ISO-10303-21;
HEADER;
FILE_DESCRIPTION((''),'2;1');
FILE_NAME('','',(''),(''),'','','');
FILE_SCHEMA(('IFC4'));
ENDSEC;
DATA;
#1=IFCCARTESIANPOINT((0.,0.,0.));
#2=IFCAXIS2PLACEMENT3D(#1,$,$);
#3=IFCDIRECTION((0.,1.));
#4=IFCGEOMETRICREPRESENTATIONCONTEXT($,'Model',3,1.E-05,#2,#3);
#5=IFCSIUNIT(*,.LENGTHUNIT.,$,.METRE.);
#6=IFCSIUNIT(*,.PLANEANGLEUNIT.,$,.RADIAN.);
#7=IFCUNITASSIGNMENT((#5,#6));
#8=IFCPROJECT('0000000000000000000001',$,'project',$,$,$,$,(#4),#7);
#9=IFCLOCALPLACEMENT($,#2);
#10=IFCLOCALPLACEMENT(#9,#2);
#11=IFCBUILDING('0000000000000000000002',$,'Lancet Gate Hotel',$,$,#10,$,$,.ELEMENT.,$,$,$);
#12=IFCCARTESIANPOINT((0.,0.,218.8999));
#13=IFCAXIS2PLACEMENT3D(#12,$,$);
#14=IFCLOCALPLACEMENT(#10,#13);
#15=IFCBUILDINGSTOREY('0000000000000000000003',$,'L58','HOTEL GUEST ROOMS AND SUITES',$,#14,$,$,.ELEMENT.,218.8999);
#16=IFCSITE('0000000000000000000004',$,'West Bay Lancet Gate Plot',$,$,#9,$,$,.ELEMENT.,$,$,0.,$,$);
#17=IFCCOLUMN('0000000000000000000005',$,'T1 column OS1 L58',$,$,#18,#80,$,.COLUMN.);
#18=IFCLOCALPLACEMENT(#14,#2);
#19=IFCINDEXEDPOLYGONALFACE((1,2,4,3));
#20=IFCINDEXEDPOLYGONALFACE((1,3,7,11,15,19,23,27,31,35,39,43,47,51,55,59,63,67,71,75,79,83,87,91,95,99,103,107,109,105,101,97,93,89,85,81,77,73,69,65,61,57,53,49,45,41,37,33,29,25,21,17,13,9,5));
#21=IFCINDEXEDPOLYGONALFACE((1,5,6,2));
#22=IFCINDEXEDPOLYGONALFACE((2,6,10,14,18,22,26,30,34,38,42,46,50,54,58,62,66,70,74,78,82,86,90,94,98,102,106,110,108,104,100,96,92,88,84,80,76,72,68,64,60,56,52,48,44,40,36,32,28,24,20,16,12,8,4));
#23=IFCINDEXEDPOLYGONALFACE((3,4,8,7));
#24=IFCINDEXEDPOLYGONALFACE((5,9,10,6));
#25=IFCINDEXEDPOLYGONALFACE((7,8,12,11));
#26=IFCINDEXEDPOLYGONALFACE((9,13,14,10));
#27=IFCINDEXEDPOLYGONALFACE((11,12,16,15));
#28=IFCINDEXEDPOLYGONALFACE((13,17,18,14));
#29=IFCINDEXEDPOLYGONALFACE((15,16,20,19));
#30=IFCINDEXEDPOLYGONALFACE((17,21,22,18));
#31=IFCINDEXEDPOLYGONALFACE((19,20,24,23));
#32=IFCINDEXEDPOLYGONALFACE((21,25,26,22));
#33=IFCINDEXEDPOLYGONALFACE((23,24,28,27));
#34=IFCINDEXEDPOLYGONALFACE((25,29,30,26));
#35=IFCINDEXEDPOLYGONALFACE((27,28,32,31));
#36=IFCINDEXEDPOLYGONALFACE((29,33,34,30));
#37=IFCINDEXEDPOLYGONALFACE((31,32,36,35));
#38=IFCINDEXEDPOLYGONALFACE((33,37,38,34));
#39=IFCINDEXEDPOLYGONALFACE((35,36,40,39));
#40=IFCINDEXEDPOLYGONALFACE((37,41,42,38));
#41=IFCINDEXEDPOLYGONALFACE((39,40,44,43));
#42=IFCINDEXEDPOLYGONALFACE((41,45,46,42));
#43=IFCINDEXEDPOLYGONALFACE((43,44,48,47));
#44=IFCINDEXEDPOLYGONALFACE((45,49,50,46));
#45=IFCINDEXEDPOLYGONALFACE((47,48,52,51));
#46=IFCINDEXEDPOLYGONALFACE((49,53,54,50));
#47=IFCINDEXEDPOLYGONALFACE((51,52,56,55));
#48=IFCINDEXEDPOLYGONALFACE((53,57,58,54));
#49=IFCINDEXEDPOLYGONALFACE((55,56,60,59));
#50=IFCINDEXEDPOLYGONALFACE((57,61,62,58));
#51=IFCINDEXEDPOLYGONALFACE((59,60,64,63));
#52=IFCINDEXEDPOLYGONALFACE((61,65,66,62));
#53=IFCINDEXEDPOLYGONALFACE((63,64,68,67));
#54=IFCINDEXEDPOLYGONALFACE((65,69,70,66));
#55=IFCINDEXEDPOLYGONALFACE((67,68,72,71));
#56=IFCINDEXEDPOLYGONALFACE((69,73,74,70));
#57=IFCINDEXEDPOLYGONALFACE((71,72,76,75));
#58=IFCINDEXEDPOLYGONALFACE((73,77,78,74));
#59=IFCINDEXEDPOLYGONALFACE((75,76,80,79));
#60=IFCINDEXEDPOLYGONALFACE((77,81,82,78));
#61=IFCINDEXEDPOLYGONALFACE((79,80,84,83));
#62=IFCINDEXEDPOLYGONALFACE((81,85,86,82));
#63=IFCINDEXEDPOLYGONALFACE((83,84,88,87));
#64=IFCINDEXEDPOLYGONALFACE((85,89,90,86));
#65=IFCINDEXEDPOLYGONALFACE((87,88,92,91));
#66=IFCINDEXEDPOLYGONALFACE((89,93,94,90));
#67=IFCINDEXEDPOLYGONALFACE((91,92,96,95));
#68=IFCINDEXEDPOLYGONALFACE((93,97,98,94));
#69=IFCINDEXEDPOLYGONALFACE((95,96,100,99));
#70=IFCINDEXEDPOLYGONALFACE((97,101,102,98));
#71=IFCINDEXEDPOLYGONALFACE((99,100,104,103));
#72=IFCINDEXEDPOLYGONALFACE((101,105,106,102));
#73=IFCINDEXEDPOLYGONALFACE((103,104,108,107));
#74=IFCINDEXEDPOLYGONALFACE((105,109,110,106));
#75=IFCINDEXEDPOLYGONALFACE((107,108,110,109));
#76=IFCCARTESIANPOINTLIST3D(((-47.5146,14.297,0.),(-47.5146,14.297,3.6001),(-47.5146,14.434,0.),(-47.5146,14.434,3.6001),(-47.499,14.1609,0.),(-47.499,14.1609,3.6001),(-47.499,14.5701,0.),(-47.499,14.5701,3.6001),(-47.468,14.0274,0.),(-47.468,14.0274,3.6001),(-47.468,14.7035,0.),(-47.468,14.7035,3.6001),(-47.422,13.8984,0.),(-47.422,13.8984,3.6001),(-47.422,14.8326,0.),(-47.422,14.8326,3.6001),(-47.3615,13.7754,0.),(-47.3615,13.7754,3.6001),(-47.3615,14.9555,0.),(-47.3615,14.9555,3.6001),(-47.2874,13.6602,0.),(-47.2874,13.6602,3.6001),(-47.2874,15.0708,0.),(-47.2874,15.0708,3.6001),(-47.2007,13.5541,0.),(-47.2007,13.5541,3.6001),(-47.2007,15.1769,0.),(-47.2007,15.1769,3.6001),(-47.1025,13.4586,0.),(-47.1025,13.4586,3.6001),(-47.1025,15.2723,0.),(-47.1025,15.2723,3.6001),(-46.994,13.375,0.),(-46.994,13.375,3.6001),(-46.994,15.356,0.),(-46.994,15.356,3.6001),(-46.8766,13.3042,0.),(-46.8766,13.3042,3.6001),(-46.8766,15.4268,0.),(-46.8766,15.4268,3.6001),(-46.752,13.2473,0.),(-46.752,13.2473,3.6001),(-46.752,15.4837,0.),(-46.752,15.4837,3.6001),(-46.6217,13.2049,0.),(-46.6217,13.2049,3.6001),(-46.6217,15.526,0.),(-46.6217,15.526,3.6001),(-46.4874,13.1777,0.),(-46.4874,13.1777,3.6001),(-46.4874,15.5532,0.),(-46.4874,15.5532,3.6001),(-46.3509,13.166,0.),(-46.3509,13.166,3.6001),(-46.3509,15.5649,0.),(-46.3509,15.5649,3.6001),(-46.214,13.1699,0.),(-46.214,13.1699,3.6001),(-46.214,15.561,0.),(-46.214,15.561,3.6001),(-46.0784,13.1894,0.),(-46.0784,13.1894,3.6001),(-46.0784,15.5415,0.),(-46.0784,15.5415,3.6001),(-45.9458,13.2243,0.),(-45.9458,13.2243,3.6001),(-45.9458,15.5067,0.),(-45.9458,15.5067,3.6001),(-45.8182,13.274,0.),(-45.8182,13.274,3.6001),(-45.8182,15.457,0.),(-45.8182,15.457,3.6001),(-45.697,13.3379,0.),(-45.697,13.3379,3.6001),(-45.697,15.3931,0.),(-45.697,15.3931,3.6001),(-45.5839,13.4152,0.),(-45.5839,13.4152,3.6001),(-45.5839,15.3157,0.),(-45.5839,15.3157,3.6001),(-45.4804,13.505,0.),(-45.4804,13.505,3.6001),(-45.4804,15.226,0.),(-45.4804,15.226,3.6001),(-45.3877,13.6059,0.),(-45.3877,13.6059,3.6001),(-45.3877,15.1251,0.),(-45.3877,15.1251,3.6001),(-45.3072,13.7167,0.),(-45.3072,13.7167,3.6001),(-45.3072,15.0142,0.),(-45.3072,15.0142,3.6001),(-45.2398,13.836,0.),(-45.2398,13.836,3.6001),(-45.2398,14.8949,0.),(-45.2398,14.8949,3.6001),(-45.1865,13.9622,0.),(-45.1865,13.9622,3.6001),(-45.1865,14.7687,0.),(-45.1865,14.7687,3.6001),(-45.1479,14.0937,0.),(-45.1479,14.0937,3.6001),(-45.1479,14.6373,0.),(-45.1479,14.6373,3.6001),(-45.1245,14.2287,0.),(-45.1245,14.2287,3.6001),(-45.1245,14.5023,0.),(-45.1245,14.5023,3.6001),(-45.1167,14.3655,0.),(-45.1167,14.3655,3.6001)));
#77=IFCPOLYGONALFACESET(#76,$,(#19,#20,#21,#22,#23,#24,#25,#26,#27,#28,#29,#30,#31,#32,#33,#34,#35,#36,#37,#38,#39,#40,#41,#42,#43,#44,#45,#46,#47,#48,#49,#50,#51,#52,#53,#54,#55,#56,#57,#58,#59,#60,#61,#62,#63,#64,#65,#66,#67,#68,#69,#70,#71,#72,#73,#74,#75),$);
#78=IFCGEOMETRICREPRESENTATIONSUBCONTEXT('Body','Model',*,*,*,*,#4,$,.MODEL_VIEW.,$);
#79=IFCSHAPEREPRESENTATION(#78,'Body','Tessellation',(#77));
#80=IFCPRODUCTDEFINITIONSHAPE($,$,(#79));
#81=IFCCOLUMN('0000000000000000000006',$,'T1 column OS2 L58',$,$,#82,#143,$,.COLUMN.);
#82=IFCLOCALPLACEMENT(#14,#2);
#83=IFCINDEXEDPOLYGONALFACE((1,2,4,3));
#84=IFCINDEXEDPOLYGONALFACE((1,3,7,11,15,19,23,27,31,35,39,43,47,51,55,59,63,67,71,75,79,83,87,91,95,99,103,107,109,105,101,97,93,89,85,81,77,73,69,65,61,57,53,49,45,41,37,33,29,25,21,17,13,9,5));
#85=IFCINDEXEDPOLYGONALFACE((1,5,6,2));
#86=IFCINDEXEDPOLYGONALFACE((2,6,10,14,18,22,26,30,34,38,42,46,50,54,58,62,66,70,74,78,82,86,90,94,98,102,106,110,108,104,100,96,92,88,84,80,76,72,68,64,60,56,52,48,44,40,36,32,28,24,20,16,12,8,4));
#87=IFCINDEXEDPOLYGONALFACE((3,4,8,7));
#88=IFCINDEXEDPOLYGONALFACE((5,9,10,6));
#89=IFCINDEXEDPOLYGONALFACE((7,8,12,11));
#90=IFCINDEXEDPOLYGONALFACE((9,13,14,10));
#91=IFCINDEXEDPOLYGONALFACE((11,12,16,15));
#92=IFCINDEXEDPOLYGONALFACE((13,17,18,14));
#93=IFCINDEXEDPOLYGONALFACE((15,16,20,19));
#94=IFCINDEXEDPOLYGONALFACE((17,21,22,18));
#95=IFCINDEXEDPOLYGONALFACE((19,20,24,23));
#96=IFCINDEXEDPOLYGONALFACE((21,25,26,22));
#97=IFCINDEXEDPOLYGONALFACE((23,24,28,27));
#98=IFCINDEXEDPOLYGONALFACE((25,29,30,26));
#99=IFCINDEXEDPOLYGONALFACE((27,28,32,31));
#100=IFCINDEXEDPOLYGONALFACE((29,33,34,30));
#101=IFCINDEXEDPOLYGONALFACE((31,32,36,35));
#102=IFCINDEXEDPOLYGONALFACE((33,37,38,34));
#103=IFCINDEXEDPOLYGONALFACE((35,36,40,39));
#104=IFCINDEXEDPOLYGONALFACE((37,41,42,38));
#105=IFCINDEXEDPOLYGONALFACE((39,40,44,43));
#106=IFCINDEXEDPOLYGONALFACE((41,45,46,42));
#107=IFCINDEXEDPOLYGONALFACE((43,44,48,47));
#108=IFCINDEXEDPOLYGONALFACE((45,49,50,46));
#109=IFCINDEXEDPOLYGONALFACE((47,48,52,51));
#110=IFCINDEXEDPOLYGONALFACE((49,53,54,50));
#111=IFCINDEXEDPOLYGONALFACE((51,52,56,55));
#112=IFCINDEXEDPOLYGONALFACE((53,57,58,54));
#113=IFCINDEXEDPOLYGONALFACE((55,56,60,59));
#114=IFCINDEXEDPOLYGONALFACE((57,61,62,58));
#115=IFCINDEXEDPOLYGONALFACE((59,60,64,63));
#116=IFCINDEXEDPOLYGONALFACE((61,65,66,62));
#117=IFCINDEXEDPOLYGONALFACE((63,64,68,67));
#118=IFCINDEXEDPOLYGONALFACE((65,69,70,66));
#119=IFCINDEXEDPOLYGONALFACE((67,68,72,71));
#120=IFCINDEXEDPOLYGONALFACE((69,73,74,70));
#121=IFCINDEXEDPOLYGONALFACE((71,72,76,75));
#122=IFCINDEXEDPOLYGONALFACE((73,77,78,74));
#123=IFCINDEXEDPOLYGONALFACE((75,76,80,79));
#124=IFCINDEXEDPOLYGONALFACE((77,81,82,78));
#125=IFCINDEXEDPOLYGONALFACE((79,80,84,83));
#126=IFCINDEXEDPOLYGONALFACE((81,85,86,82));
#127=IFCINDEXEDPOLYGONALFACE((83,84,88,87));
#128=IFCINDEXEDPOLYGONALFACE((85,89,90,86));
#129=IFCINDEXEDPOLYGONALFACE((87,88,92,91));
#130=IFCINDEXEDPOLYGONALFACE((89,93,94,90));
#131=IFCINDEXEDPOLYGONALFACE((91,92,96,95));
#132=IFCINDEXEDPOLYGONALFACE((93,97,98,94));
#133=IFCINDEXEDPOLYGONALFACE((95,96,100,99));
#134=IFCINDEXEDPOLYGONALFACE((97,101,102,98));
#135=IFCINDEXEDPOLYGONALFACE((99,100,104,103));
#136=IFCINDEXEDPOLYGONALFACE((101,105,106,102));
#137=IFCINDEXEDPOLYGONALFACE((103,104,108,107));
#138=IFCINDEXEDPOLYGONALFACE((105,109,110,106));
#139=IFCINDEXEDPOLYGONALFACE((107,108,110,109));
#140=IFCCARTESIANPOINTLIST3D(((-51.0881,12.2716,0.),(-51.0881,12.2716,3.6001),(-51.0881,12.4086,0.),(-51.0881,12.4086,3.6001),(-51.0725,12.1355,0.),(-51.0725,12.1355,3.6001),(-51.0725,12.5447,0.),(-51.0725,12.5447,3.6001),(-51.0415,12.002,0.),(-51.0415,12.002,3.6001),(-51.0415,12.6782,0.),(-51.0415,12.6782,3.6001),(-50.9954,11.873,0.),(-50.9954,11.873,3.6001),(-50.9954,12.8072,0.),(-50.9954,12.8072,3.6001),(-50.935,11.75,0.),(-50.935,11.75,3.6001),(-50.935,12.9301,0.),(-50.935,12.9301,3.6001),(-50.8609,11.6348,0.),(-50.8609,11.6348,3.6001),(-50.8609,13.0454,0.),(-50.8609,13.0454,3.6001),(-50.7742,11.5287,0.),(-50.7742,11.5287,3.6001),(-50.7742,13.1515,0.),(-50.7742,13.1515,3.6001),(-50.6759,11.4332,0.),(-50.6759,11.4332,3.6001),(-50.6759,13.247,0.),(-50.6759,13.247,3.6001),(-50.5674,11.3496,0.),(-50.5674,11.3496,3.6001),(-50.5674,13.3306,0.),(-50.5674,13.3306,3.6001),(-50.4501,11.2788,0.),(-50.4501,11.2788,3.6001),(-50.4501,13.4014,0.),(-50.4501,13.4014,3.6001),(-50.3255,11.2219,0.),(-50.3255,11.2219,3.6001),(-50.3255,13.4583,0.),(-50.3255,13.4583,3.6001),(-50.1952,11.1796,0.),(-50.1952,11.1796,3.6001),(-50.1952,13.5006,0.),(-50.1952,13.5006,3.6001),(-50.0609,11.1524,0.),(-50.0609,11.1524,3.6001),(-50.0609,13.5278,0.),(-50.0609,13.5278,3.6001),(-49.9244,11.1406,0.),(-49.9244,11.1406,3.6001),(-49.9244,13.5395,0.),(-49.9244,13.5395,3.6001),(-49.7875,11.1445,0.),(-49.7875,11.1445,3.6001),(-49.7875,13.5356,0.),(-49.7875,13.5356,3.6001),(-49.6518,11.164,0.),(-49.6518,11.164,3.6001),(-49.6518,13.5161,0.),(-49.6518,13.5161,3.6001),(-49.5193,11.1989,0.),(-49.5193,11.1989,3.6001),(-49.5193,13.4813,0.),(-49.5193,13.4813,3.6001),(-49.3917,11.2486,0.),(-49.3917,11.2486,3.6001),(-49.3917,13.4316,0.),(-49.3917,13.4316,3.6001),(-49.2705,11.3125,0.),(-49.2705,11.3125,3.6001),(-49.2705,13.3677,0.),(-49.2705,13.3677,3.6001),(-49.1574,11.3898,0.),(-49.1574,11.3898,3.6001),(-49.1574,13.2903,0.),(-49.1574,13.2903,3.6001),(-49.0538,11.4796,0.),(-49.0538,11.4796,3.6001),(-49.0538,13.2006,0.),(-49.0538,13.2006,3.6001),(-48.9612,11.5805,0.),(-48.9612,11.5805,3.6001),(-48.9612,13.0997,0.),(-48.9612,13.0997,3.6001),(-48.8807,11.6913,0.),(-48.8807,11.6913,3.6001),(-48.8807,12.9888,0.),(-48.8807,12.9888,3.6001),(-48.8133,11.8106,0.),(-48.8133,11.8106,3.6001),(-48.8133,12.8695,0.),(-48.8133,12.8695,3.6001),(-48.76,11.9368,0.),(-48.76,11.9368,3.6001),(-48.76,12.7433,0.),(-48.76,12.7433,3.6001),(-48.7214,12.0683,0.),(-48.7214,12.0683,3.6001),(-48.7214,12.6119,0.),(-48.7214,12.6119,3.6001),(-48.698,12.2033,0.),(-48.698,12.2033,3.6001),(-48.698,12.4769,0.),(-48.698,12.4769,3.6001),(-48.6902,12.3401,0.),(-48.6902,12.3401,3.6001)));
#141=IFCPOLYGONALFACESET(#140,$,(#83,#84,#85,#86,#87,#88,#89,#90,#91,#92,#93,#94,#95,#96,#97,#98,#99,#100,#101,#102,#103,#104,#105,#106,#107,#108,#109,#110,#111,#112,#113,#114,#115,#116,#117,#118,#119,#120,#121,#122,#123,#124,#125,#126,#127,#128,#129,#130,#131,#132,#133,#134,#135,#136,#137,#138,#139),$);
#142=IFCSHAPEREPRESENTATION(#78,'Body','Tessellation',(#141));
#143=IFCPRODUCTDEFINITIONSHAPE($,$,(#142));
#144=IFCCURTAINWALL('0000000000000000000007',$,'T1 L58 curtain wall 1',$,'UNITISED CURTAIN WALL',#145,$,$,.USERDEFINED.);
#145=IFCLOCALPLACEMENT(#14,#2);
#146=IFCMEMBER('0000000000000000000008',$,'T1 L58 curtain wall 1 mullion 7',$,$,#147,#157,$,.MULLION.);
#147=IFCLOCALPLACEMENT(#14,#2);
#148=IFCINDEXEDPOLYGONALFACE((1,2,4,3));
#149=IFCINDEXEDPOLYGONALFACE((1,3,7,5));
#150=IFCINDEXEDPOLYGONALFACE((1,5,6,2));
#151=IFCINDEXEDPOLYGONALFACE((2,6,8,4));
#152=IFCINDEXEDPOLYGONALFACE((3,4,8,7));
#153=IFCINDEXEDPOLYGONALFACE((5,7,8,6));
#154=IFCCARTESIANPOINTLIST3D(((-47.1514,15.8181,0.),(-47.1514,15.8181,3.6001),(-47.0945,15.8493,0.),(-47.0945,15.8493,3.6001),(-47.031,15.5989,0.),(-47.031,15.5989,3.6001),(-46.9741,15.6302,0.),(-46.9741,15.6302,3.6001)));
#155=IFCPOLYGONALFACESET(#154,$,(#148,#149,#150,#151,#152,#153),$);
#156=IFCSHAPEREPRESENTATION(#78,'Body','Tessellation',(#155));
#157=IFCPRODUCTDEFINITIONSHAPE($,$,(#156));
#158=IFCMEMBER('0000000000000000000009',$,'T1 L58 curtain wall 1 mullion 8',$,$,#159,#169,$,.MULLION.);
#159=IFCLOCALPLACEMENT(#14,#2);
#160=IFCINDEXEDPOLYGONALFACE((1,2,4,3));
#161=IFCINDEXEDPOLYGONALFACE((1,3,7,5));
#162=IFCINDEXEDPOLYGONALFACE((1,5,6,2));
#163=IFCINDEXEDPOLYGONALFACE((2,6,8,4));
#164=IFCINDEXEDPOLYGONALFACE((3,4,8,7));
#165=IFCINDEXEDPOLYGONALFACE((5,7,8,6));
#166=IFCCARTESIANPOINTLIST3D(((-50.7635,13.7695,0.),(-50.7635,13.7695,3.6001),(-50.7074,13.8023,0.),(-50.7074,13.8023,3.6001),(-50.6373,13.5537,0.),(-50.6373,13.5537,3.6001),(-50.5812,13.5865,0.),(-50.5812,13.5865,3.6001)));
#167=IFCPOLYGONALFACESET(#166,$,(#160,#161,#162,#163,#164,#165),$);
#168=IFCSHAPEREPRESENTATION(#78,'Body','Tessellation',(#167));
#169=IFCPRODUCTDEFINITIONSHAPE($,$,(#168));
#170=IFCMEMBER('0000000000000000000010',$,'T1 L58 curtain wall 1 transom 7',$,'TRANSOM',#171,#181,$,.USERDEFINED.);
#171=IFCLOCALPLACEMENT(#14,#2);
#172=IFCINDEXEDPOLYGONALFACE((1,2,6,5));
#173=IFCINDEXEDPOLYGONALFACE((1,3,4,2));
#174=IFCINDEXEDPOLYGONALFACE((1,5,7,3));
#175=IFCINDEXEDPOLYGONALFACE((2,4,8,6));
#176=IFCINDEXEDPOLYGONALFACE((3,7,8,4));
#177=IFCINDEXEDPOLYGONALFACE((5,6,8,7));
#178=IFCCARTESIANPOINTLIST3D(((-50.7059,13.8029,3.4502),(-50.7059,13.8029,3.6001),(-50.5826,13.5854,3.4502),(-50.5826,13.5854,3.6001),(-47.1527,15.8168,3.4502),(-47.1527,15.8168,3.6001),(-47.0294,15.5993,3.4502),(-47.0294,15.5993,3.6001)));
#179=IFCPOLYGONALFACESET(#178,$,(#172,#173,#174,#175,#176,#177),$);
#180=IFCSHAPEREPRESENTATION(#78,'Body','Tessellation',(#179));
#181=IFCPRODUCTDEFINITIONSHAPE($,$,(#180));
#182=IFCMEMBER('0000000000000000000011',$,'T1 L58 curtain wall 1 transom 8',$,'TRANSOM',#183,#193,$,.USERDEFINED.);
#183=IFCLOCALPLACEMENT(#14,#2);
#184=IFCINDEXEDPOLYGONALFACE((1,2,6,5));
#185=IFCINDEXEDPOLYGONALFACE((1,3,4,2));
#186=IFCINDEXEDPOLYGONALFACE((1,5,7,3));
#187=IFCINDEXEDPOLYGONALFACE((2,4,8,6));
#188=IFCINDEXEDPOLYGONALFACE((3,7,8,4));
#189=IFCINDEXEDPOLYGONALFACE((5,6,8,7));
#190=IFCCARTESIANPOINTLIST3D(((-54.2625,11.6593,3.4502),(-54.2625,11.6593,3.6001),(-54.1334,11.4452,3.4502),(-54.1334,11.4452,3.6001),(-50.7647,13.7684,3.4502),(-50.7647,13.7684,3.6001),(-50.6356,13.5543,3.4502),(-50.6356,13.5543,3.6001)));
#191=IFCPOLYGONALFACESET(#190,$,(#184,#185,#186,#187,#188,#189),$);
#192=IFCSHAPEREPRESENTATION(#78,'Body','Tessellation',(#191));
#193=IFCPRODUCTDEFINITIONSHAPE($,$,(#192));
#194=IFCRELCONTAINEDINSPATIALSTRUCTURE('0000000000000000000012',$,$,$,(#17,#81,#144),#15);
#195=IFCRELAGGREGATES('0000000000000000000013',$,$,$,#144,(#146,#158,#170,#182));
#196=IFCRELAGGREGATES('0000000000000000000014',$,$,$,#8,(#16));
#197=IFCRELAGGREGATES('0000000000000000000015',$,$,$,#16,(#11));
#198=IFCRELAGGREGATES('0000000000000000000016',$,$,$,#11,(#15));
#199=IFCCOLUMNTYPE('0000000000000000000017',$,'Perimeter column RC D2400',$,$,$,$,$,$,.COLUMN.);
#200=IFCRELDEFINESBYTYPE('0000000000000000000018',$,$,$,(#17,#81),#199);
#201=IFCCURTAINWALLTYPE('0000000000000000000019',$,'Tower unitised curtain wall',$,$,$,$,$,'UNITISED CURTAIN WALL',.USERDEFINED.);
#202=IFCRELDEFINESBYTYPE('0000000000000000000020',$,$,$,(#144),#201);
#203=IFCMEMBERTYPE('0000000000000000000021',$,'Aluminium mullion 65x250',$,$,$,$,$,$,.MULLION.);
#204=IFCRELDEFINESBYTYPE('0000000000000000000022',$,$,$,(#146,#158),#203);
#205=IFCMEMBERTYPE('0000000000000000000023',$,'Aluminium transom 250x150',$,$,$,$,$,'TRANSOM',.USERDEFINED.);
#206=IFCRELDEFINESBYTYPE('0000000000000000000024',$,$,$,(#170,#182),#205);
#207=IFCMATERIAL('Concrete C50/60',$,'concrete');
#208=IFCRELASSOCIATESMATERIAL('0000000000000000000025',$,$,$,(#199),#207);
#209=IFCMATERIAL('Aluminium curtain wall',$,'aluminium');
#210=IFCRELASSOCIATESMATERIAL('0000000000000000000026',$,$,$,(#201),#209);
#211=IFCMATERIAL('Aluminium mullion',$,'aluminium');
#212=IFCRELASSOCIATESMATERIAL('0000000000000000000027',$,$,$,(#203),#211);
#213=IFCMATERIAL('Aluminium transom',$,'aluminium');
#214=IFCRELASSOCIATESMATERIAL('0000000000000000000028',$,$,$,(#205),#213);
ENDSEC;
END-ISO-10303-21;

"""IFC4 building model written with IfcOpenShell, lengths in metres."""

from ifc_helpers import new_model, si_unit, direction, frame, origin, origin_2d, place, context, subcontext, project, spatial, rectangle, circle, extrude, material, material_profile, profile_set, type_object, element, aggregate, save


model = new_model("IFC4")

# Units and contexts
model_context = context("Model", 3, precision=1e-05, world=origin(), true_north=direction((0.0, 1.0)))
body_context = subcontext(model_context, "Body", "Model", "MODEL_VIEW")
ifc_project = project(units=[si_unit("LENGTHUNIT", "METRE"), si_unit("PLANEANGLEUNIT", "RADIAN")], contexts=[model_context])

# Site, building, storey
site_placement = place(None, origin())
site = spatial("IfcSite", under=ifc_project, at=site_placement, Name="West Bay Lancet Gate Plot", CompositionType="ELEMENT", RefElevation=0.0)
building_placement = place(site_placement, origin())
building = spatial("IfcBuilding", under=site, at=building_placement, Name="Lancet Gate Hotel", CompositionType="ELEMENT")
storey_placement = place(building_placement, frame((0.0, 0.0, 218.8999)))
storey = spatial("IfcBuildingStorey", under=building, at=storey_placement, Name="L58", Description="HOTEL GUEST ROOMS AND SUITES", CompositionType="ELEMENT", Elevation=218.8999)

# Columns
ifc_material_1 = material(Name="Concrete C50/60", Category="concrete")
ifc_material_profile_1 = material_profile(ifc_material_1, circle(Radius=1.2, at=origin_2d()), Name="RC D2400")
ifc_profile_set_1 = profile_set([ifc_material_profile_1], Name="Concrete C50/60")
column_type = type_object("IfcColumnType", Name="Perimeter column RC D2400", PredefinedType="COLUMN", material=ifc_profile_set_1)
for number, where, z_axis, x_axis, name in (
    (1, (-46.3167, 14.3655, 0.0), (0.0, 0.0, 1.0), (1.0, 0.0, 0.0), "T1 column OS1 L58"),
    (2, (-49.8901, 12.3401, 0.0), (0.0, 0.0, 1.0), (1.0, 0.0, 0.0), "T1 column OS2 L58"),
):
    element("IfcColumn", number, at=place(storey_placement, frame(where, z_axis=z_axis, x_axis=x_axis)), inside=storey, type_object=column_type, Name=name, PredefinedType="COLUMN", context=body_context, shape_type="SweptSolid", body=[
        extrude(circle(Radius=1.2, at=origin_2d()), origin(), (0.0, 0.0, 1.0), 3.6001),
    ])

# Curtain wall, members
ifc_material_2 = material(Name="Aluminium curtain wall", Category="aluminium")
curtain_wall_type = type_object("IfcCurtainWallType", Name="Tower unitised curtain wall", ElementType="UNITISED CURTAIN WALL", PredefinedType="USERDEFINED", material=ifc_material_2)
curtain_wall_placement = place(storey_placement, origin())
curtain_wall = element("IfcCurtainWall", 3, at=curtain_wall_placement, inside=storey, type_object=curtain_wall_type, Name="T1 L58 curtain wall 1", ObjectType="UNITISED CURTAIN WALL", PredefinedType="USERDEFINED")
ifc_material_3 = material(Name="Aluminium mullion", Category="aluminium")
ifc_material_profile_2 = material_profile(ifc_material_3, rectangle(XDim=0.0649, YDim=0.25, at=origin_2d()), Name="MULLION 65x250")
ifc_profile_set_2 = profile_set([ifc_material_profile_2], Name="Aluminium mullion")
member_type_1 = type_object("IfcMemberType", Name="Aluminium mullion 65x250", PredefinedType="MULLION", material=ifc_profile_set_2)
member_1_placement = place(storey_placement, frame((-47.0627, 15.7241, 0.0), z_axis=(0.0, 0.0, 1.0), x_axis=(-0.876516, -0.481372, 0.0)))
member_1 = element("IfcMember", 4, at=member_1_placement, type_object=member_type_1, Name="T1 L58 curtain wall 1 mullion 7", PredefinedType="MULLION", context=body_context, shape_type="SweptSolid", body=[
    extrude(rectangle(XDim=0.0649, YDim=0.25, at=origin_2d()), origin(), (0.0, 0.0, 1.0), 3.6001),
])
member_2_placement = place(storey_placement, frame((-50.6724, 13.678, 0.0), z_axis=(0.0, 0.0, 1.0), x_axis=(-0.863242, -0.50479, 0.0)))
member_2 = element("IfcMember", 5, at=member_2_placement, type_object=member_type_1, Name="T1 L58 curtain wall 1 mullion 8", PredefinedType="MULLION", context=body_context, shape_type="SweptSolid", body=[
    extrude(rectangle(XDim=0.0649, YDim=0.25, at=origin_2d()), origin(), (0.0, 0.0, 1.0), 3.6001),
])
ifc_material_4 = material(Name="Aluminium transom", Category="aluminium")
ifc_material_profile_3 = material_profile(ifc_material_4, rectangle(XDim=0.25, YDim=0.1499, at=origin_2d()), Name="TRANSOM 250x150")
ifc_profile_set_3 = profile_set([ifc_material_profile_3], Name="Aluminium transom")
member_type_2 = type_object("IfcMemberType", Name="Aluminium transom 250x150", ElementType="TRANSOM", PredefinedType="USERDEFINED", material=ifc_profile_set_3)
member_3_placement = place(storey_placement, frame((-47.0911, 15.708, 3.5251), z_axis=(-0.869978, -0.493091, 0.0), x_axis=(0.493091, -0.869978, 0.0)))
member_3 = element("IfcMember", 6, at=member_3_placement, type_object=member_type_2, Name="T1 L58 curtain wall 1 transom 7", ObjectType="TRANSOM", PredefinedType="USERDEFINED", context=body_context, shape_type="SweptSolid", body=[
    extrude(rectangle(XDim=0.25, YDim=0.1499, at=origin_2d()), origin(), (0.0, 0.0, 1.0), 4.0842),
])
member_4_placement = place(storey_placement, frame((-50.7002, 13.6614, 3.5251), z_axis=(-0.856362, -0.516376, 0.0), x_axis=(0.516376, -0.856362, 0.0)))
member_4 = element("IfcMember", 7, at=member_4_placement, type_object=member_type_2, Name="T1 L58 curtain wall 1 transom 8", ObjectType="TRANSOM", PredefinedType="USERDEFINED", context=body_context, shape_type="SweptSolid", body=[
    extrude(rectangle(XDim=0.25, YDim=0.1499, at=origin_2d()), origin(), (0.0, 0.0, 1.0), 4.0845),
])

aggregate(curtain_wall, [member_1, member_2, member_3, member_4])

save(model, "model.ifc")
